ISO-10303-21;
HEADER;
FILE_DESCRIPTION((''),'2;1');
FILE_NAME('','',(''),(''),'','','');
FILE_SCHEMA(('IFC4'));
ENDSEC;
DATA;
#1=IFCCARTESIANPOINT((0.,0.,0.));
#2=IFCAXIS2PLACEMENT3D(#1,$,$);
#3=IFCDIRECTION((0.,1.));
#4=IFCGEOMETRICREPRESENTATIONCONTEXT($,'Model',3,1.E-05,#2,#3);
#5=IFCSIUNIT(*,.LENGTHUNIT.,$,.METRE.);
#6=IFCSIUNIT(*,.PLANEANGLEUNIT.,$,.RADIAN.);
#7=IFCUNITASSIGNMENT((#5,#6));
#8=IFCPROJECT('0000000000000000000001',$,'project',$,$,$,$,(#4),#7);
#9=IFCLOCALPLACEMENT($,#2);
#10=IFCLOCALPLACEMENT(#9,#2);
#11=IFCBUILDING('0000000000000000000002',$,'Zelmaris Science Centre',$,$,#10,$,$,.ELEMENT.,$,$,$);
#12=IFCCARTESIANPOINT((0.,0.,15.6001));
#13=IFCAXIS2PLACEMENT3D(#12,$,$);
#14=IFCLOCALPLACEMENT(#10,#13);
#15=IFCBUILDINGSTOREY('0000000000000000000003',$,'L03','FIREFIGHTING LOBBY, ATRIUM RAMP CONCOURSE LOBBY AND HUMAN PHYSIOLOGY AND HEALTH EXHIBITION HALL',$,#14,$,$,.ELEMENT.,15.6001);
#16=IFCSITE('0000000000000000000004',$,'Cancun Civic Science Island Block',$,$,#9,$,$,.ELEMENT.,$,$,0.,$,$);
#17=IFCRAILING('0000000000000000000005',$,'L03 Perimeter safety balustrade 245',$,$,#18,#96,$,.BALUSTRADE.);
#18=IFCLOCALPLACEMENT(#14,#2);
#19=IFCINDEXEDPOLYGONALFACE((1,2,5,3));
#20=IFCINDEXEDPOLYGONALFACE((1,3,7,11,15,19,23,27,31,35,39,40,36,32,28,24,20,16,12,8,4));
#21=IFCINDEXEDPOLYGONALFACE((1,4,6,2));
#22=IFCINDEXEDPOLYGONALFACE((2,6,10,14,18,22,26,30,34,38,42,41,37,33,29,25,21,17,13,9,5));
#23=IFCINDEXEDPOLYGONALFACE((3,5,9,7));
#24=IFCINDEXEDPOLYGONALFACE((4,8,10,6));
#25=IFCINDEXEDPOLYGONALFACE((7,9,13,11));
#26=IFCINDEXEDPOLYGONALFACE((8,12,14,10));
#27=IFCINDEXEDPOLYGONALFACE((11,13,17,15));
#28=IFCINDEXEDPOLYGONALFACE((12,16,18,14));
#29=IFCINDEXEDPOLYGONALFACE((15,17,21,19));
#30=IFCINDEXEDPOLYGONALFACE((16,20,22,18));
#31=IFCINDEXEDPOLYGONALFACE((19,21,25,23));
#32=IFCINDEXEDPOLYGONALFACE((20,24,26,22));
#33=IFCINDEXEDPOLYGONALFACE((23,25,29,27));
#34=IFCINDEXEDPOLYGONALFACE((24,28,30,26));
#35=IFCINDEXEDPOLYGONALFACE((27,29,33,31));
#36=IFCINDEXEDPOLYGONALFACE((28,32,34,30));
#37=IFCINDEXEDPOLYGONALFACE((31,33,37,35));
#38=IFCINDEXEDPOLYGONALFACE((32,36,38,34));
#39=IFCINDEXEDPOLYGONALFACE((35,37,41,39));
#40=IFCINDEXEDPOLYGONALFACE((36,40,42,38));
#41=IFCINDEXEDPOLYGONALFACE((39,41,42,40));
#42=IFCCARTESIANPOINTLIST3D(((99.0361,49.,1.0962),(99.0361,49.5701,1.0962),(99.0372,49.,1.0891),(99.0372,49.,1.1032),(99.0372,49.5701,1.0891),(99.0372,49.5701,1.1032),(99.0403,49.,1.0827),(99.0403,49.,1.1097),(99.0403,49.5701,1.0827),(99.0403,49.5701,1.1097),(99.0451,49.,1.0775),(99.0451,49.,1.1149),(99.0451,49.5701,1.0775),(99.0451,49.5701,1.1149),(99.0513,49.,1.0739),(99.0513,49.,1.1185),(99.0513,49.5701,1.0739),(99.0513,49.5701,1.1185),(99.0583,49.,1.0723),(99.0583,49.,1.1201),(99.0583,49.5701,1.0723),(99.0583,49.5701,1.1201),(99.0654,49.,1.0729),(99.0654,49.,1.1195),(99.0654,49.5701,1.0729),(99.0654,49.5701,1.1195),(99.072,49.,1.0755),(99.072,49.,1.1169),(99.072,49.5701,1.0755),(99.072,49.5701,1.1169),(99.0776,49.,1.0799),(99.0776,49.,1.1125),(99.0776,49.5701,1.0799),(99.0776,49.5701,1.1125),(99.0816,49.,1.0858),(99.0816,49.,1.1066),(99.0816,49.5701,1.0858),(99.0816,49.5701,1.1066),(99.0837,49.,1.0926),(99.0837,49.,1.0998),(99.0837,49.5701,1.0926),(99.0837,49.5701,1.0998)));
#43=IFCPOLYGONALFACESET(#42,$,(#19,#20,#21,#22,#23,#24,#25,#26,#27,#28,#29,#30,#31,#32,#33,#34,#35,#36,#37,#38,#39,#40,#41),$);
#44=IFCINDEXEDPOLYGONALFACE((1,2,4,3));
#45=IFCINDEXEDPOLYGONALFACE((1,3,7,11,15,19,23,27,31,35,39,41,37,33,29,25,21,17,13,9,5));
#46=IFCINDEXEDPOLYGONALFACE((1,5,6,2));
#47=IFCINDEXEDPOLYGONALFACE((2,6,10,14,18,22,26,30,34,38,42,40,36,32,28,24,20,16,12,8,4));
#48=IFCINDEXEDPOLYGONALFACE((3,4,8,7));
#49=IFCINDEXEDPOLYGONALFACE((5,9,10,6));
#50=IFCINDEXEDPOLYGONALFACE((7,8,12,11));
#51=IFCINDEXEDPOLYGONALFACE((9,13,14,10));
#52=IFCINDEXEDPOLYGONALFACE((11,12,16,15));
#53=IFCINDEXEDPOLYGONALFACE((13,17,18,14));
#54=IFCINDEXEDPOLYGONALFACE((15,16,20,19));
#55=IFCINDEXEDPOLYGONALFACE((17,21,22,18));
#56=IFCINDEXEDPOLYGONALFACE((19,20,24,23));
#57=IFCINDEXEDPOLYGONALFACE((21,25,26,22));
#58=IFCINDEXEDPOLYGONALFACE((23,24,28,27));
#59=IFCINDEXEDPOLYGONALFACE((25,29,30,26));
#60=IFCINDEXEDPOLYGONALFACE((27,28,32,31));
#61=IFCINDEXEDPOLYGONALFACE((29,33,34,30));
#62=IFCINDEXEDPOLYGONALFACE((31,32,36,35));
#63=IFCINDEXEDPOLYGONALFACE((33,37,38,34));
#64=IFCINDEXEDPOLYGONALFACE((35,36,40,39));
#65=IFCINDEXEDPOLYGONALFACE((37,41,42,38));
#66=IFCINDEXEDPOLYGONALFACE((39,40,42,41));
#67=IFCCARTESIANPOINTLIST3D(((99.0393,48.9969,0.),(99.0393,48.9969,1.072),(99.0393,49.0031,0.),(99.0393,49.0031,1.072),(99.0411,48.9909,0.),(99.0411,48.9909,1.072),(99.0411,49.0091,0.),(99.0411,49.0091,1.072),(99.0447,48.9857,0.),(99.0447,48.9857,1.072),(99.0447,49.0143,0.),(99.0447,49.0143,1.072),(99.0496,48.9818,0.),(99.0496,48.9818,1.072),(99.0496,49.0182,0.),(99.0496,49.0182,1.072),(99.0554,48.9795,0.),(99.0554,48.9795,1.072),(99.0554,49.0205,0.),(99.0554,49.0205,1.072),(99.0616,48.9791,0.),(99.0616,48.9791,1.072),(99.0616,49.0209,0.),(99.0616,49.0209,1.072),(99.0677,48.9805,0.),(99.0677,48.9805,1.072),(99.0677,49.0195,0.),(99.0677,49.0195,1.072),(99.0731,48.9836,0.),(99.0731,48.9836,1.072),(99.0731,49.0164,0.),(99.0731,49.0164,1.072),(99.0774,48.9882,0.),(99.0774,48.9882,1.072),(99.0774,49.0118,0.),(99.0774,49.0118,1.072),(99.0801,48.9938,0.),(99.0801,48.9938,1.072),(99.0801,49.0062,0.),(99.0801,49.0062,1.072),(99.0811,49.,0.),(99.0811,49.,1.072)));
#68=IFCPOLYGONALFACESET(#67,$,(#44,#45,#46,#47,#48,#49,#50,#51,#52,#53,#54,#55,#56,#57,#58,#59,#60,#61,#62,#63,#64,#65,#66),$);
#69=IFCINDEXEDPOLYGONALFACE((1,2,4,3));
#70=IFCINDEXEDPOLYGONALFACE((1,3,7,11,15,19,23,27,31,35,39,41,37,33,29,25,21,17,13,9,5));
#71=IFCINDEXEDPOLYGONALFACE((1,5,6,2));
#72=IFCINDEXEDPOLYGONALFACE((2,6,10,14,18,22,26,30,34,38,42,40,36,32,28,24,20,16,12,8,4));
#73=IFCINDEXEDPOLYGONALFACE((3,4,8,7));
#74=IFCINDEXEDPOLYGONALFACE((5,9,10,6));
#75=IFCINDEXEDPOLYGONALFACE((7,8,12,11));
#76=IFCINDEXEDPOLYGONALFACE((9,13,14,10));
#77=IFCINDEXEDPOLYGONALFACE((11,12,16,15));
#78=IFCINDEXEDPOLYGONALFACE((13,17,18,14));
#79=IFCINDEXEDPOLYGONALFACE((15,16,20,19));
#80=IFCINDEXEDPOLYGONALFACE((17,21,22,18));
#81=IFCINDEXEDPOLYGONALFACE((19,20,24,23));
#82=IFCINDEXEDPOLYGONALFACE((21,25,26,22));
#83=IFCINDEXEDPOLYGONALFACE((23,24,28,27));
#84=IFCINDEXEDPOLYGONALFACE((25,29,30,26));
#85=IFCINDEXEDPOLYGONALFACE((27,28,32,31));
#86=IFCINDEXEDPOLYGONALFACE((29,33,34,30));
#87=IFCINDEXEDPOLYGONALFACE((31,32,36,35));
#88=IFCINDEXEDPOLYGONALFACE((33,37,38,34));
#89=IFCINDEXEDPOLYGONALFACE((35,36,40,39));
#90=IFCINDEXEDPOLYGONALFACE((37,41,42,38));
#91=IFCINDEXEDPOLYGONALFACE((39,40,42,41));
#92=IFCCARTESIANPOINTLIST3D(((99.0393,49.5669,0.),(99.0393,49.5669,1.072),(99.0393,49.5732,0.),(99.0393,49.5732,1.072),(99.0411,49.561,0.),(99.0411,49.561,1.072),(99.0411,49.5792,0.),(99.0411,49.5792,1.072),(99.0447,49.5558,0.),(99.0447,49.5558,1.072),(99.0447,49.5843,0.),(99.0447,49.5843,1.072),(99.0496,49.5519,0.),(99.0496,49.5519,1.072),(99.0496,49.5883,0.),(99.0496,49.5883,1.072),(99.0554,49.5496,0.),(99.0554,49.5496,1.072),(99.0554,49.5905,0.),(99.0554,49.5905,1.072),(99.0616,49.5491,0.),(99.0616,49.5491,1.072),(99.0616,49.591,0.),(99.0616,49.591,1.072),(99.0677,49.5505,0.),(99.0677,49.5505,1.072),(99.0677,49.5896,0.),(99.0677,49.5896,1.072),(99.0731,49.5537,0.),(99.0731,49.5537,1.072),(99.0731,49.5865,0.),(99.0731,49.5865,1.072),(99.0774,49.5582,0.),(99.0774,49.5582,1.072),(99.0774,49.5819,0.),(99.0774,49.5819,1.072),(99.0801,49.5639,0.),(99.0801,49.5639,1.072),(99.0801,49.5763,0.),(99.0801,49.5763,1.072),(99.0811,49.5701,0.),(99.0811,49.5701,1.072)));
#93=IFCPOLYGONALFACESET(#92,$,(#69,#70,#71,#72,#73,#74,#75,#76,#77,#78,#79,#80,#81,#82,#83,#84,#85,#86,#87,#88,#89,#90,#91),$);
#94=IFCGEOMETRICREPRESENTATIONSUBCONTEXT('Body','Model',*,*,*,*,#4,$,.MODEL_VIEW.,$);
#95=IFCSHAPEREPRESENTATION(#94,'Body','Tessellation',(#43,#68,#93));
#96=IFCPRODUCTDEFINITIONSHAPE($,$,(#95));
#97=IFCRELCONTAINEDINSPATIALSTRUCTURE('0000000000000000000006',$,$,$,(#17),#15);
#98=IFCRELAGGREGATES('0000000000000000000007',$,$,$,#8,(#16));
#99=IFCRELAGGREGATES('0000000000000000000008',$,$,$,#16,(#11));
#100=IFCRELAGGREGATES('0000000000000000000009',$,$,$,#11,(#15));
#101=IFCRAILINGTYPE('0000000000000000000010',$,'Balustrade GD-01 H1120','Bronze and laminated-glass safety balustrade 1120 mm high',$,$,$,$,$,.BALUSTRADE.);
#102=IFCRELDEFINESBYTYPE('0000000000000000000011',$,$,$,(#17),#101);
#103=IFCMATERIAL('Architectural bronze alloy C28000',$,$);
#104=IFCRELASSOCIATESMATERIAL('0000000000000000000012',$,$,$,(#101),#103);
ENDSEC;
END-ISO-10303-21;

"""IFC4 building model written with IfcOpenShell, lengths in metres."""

from ifc_helpers import new_model, si_unit, direction, frame, origin, origin_2d, place, context, subcontext, project, spatial, circle, extrude, material, type_object, element, save


model = new_model("IFC4")

# Units and contexts
model_context = context("Model", 3, precision=1e-05, world=origin(), true_north=direction((0.0, 1.0)))
body_context = subcontext(model_context, "Body", "Model", "MODEL_VIEW")
ifc_project = project(units=[si_unit("LENGTHUNIT", "METRE"), si_unit("PLANEANGLEUNIT", "RADIAN")], contexts=[model_context])

# Site, building, storey
site_placement = place(None, origin())
site = spatial("IfcSite", under=ifc_project, at=site_placement, Name="Cancun Civic Science Island Block", CompositionType="ELEMENT", RefElevation=0.0)
building_placement = place(site_placement, origin())
building = spatial("IfcBuilding", under=site, at=building_placement, Name="Zelmaris Science Centre", CompositionType="ELEMENT")
storey_placement = place(building_placement, frame((0.0, 0.0, 15.6001)))
storey = spatial("IfcBuildingStorey", under=building, at=storey_placement, Name="L03", Description="FIREFIGHTING LOBBY, ATRIUM RAMP CONCOURSE LOBBY AND HUMAN PHYSIOLOGY AND HEALTH EXHIBITION HALL", CompositionType="ELEMENT", Elevation=15.6001)

# Railing
ifc_material_1 = material(Name="Architectural bronze alloy C28000")
railing_type = type_object("IfcRailingType", Name="Balustrade GD-01 H1120", Description="Bronze and laminated-glass safety balustrade 1120 mm high", PredefinedType="BALUSTRADE", material=ifc_material_1)
railing_placement = place(storey_placement, frame((99.0601, 49.0, 0.0)))
element("IfcRailing", 1, at=railing_placement, inside=storey, type_object=railing_type, Name="L03 Perimeter safety balustrade 245", PredefinedType="BALUSTRADE", context=body_context, shape_type="SweptSolid", body=[
    extrude(circle(Radius=0.0239, at=origin_2d()), frame((0.0, 0.0, 1.0962), z_axis=(0.0, 1.0, 0.0), x_axis=(-1.0, 0.0, 0.0)), (0.0, 0.0, 1.0), 0.5701),
    extrude(circle(Radius=0.021, at=origin_2d()), origin(), (0.0, 0.0, 1.0), 1.072),
    extrude(circle(Radius=0.021, at=origin_2d()), frame((0.0, 0.5701, 0.0)), (0.0, 0.0, 1.0), 1.072),
])

save(model, "model.ifc")
